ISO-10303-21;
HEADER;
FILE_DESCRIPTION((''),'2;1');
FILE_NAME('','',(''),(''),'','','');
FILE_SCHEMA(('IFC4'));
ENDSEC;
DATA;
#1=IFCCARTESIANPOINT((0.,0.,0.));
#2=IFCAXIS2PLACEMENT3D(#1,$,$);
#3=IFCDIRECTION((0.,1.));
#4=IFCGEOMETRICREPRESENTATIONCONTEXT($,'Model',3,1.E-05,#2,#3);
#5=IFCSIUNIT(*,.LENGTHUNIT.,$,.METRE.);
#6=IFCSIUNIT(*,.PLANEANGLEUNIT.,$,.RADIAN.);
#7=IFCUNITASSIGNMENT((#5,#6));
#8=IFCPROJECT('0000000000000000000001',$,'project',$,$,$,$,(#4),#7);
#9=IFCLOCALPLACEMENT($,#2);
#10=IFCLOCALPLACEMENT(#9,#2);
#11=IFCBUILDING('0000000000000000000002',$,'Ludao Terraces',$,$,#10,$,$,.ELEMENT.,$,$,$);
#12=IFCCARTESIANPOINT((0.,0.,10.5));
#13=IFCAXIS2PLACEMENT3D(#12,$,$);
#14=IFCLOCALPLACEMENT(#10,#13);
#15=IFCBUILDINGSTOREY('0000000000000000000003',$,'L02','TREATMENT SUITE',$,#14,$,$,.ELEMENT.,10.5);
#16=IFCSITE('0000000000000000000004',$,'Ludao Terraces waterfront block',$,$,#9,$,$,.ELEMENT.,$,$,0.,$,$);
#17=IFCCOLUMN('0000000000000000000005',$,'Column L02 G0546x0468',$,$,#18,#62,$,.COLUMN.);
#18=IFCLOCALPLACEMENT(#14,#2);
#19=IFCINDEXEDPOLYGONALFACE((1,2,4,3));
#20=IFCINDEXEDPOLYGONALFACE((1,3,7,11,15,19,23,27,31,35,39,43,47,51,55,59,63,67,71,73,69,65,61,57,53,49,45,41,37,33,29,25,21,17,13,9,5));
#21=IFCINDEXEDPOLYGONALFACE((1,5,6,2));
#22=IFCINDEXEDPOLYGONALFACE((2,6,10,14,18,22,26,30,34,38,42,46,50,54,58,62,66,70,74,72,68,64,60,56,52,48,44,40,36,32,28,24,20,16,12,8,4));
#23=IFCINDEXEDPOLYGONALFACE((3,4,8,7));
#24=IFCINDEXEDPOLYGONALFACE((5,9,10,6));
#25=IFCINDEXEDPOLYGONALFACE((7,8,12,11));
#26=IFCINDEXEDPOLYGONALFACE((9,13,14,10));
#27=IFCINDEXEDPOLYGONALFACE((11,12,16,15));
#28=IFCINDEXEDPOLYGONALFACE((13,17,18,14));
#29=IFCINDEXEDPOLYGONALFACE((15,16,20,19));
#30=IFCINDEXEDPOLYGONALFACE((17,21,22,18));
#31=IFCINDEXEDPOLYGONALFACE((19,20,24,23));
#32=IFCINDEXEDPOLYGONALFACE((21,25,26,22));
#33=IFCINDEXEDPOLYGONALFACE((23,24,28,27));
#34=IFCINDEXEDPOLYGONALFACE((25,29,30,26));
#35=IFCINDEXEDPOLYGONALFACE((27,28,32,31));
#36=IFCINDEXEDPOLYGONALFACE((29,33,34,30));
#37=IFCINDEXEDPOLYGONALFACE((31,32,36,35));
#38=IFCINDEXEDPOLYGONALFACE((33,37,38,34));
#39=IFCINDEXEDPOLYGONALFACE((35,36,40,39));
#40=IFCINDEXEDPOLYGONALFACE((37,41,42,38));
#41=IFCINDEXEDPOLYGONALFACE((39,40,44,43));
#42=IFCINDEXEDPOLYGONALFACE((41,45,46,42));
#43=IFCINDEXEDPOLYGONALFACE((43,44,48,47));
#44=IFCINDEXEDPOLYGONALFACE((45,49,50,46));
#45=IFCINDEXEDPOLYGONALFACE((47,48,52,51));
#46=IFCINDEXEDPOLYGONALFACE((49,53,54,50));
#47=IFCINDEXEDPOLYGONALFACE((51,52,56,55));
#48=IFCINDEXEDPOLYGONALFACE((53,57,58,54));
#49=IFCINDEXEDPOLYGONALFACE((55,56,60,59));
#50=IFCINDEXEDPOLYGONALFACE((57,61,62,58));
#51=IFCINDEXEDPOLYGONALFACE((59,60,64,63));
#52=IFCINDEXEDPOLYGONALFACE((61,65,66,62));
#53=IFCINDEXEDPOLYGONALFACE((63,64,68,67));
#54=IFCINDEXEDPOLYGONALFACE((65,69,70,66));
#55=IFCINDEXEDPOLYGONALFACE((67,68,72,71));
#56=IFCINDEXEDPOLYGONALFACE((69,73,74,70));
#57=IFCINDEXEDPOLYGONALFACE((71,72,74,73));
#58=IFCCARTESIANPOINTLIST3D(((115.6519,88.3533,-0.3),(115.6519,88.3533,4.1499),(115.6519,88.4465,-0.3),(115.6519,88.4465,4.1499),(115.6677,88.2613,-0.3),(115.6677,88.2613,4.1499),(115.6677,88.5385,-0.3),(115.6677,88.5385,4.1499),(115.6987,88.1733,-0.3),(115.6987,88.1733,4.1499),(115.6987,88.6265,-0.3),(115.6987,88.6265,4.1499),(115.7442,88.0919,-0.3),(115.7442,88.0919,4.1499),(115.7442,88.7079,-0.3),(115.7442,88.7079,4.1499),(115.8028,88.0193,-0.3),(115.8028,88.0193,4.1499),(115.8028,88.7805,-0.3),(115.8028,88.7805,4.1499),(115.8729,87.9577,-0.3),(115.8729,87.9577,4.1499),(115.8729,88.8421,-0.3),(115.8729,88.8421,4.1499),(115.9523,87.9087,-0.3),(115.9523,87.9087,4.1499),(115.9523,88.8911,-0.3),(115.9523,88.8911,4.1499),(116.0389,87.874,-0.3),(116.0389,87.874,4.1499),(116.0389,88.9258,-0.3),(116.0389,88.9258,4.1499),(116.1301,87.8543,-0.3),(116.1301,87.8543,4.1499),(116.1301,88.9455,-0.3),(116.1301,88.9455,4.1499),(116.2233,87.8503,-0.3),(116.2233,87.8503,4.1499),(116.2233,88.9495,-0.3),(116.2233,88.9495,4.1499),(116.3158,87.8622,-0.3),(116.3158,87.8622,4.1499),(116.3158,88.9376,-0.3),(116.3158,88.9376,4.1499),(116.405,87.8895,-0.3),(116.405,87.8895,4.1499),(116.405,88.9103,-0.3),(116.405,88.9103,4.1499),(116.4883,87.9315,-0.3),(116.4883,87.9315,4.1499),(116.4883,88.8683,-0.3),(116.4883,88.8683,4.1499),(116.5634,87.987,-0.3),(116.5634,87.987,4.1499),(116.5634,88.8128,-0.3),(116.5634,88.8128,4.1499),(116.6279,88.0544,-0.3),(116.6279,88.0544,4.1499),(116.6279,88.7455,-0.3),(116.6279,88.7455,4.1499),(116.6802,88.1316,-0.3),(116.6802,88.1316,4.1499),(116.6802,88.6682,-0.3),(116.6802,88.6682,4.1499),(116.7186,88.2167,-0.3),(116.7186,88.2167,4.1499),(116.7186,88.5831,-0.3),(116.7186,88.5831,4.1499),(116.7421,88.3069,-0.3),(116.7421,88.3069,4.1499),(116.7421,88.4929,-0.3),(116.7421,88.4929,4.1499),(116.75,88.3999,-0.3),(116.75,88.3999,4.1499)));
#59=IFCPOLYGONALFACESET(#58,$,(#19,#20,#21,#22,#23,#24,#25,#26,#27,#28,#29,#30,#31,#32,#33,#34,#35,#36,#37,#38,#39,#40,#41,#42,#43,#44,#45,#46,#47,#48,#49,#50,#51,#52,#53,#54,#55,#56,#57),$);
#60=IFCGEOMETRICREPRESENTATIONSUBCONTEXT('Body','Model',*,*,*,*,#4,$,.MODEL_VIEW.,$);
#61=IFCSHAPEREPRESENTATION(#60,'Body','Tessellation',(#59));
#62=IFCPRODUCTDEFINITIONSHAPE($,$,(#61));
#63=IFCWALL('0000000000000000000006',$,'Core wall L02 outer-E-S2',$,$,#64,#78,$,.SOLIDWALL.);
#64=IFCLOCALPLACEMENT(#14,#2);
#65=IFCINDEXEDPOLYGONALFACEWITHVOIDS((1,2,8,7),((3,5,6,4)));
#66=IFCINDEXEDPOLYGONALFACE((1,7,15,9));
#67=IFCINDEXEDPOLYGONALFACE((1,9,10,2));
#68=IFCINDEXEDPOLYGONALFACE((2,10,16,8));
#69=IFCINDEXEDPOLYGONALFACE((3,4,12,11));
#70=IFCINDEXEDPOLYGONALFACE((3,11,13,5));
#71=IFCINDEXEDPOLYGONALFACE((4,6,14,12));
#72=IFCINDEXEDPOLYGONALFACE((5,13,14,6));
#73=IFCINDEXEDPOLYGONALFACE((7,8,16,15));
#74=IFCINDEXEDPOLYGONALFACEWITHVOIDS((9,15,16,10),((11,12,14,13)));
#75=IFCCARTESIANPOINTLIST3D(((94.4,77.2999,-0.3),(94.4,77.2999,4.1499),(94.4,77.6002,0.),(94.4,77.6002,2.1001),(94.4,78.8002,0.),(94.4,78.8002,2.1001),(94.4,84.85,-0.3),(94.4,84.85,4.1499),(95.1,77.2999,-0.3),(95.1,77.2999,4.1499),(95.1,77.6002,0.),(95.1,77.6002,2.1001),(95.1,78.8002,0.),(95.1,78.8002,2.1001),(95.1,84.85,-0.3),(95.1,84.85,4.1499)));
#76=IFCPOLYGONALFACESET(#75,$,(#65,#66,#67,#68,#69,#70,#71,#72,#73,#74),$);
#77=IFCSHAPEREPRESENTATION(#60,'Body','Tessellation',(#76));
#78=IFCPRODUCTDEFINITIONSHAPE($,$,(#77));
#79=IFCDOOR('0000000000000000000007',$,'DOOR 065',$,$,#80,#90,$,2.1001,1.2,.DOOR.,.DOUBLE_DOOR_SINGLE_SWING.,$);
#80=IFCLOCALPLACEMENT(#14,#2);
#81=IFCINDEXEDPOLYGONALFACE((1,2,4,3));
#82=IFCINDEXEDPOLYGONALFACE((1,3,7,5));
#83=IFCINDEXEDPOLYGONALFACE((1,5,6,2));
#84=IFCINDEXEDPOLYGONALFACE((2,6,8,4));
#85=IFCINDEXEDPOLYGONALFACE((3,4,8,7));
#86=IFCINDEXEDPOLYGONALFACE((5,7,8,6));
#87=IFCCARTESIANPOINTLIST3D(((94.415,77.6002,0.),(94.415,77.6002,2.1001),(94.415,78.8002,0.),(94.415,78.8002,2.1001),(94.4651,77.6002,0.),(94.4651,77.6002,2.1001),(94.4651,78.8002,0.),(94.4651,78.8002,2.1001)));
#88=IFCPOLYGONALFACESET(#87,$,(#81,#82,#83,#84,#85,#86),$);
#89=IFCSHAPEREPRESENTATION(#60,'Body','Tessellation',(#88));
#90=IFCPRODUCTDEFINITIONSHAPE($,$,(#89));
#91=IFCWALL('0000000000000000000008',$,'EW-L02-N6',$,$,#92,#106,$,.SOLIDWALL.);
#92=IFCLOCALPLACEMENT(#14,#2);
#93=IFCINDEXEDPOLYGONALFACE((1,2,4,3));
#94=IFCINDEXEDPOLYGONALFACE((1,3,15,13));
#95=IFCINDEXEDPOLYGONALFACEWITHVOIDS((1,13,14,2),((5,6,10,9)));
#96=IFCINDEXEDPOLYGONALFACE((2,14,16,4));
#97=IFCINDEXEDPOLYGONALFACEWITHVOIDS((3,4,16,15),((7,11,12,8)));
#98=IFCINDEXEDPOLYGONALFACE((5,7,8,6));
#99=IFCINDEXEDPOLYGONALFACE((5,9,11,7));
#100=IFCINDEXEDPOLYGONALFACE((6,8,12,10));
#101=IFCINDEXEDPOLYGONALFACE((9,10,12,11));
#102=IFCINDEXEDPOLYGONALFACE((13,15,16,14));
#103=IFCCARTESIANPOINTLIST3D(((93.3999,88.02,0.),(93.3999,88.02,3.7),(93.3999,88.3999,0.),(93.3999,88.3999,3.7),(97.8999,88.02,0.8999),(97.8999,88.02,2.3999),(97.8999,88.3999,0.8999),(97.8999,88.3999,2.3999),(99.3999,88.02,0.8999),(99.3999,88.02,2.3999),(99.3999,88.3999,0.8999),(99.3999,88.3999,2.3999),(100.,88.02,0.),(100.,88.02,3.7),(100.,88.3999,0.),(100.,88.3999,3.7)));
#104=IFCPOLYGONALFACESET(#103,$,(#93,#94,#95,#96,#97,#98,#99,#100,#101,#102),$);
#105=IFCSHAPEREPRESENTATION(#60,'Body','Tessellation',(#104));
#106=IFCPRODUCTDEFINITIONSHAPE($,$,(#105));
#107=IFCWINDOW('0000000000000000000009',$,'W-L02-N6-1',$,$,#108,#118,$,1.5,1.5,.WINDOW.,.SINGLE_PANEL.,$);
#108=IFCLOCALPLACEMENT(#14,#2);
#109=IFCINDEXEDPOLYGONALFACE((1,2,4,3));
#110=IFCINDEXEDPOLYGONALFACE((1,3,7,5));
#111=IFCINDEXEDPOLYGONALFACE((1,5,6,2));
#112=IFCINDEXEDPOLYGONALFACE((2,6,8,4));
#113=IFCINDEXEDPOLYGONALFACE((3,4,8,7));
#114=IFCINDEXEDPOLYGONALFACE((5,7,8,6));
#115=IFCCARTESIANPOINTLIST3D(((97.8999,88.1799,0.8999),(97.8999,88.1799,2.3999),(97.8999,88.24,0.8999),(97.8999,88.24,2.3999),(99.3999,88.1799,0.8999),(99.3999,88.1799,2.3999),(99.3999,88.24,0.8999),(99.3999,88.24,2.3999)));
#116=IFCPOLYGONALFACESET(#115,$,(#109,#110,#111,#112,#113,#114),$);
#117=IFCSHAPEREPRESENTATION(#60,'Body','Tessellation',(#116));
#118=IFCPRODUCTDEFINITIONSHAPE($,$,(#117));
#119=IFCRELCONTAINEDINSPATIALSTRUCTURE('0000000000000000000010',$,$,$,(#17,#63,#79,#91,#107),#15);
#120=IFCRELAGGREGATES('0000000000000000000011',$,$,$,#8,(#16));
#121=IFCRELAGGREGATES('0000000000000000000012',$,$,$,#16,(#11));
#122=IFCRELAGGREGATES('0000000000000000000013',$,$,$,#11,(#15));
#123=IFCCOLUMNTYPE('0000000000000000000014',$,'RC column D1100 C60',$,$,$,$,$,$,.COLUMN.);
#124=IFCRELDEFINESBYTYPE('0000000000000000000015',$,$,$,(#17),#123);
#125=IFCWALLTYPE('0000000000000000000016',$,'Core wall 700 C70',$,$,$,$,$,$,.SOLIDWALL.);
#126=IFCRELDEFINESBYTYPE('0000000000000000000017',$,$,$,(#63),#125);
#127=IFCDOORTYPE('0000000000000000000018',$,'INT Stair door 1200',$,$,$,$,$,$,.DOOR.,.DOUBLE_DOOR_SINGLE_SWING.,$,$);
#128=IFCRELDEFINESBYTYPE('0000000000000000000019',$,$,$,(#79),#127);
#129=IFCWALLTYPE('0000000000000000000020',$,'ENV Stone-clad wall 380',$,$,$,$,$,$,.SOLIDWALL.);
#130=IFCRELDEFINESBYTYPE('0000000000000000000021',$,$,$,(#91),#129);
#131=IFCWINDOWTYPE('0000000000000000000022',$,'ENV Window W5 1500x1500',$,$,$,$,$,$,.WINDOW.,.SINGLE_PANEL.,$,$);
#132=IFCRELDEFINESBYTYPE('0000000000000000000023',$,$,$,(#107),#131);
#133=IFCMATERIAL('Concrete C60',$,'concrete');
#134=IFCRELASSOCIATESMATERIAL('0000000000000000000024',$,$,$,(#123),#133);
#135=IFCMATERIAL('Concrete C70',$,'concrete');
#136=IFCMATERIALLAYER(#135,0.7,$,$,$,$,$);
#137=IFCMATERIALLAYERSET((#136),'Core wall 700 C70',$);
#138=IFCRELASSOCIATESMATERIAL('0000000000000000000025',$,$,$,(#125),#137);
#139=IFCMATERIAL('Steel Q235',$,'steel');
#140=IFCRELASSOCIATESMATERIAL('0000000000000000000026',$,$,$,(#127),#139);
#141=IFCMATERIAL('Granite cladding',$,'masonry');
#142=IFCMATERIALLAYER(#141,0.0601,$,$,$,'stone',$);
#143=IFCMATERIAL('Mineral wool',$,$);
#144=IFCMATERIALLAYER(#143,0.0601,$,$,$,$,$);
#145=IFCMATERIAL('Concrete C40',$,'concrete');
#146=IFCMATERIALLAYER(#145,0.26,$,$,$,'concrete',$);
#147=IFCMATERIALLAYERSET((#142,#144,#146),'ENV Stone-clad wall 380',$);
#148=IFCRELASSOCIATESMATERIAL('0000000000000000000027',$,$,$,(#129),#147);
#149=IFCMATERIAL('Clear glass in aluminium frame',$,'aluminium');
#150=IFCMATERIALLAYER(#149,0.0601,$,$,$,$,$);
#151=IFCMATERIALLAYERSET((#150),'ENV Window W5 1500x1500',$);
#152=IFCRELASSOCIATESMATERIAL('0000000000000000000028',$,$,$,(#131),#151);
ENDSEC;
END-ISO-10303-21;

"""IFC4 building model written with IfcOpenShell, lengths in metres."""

from ifc_helpers import new_model, si_unit, direction, frame, frame_2d, origin, origin_2d, place, context, subcontext, project, spatial, rectangle, circle, extrude, material, layer, layer_set, material_profile, profile_set, type_object, element, fill, save


model = new_model("IFC4")

# Units and contexts
model_context = context("Model", 3, precision=1e-05, world=origin(), true_north=direction((0.0, 1.0)))
body_context = subcontext(model_context, "Body", "Model", "MODEL_VIEW")
ifc_project = project(units=[si_unit("LENGTHUNIT", "METRE"), si_unit("PLANEANGLEUNIT", "RADIAN")], contexts=[model_context])

# Site, building, storey
site_placement = place(None, origin())
site = spatial("IfcSite", under=ifc_project, at=site_placement, Name="Ludao Terraces waterfront block", CompositionType="ELEMENT", RefElevation=0.0)
building_placement = place(site_placement, origin())
building = spatial("IfcBuilding", under=site, at=building_placement, Name="Ludao Terraces", CompositionType="ELEMENT")
storey_placement = place(building_placement, frame((0.0, 0.0, 10.5)))
storey = spatial("IfcBuildingStorey", under=building, at=storey_placement, Name="L02", Description="TREATMENT SUITE", CompositionType="ELEMENT", Elevation=10.5)

# Column
ifc_material_1 = material(Name="Concrete C60", Category="concrete")
ifc_material_profile_1 = material_profile(ifc_material_1, circle(Radius=0.55, at=origin_2d()), Name="D1100")
ifc_profile_set_1 = profile_set([ifc_material_profile_1], Name="Concrete C60")
column_type_1 = type_object("IfcColumnType", Name="RC column D1100 C60", PredefinedType="COLUMN", material=ifc_profile_set_1)
for number, where, z_axis, x_axis, name in (
    (1, (116.2, 88.3999, -0.3), (0.0, 0.0, 1.0), (1.0, 0.0, 0.0), "Column L02 G0546x0468"),
):
    element("IfcColumn", number, at=place(storey_placement, frame(where, z_axis=z_axis, x_axis=x_axis)), inside=storey, type_object=column_type_1, Name=name, PredefinedType="COLUMN", context=body_context, shape_type="SweptSolid", body=[
        extrude(circle(Radius=0.55, at=origin_2d()), origin(), (0.0, 0.0, 1.0), 4.45),
    ])

# Wall, opening, door
ifc_material_2 = material(Name="Concrete C70", Category="concrete")
ifc_layer_1 = layer(ifc_material_2, 0.7)
ifc_layer_set_1 = layer_set([ifc_layer_1], Name="Core wall 700 C70")
wall_type_1 = type_object("IfcWallType", Name="Core wall 700 C70", PredefinedType="SOLIDWALL", material=ifc_layer_set_1)
wall_1_placement = place(storey_placement, frame((94.75, 77.3, -0.3), z_axis=(0.0, 0.0, 1.0), x_axis=(0.0, 1.0, 0.0)))
wall_1 = element("IfcWall", 2, at=wall_1_placement, inside=storey, type_object=wall_type_1, Name="Core wall L02 outer-E-S2", PredefinedType="SOLIDWALL", context=body_context, shape_type="SweptSolid", body=[
    extrude(rectangle(XDim=7.55, YDim=0.7, at=frame_2d((3.7749, 0.0))), origin(), (0.0, 0.0, 1.0), 4.45),
])
opening_1_placement = place(wall_1_placement, frame((0.3, 0.0, 0.3)))
opening_1 = element("IfcOpeningElement", 3, at=opening_1_placement, cuts=wall_1, PredefinedType="OPENING", context=body_context, shape_type="SweptSolid", body=[
    extrude(rectangle(XDim=1.2, YDim=2.1001, at=frame_2d((0.6001, 1.05))), frame((0.0, 0.3599, 0.0), z_axis=(0.0, -1.0, 0.0), x_axis=(1.0, 0.0, 0.0)), (0.0, 0.0, 1.0), 0.72),
])
ifc_material_3 = material(Name="Steel Q235", Category="steel")
door_type_1 = type_object("IfcDoorType", Name="INT Stair door 1200", OperationType="DOUBLE_DOOR_SINGLE_SWING", PredefinedType="DOOR", material=ifc_material_3)
door_1_placement = place(opening_1_placement, origin())
door_1 = element("IfcDoor", 4, at=door_1_placement, inside=storey, type_object=door_type_1, Name="DOOR 065", OperationType="DOUBLE_DOOR_SINGLE_SWING", OverallHeight=2.1001, OverallWidth=1.2, PredefinedType="DOOR", context=body_context, shape_type="SweptSolid", body=[
    extrude(rectangle(XDim=1.2, YDim=2.1001, at=frame_2d((0.6001, 1.05))), frame((0.0, 0.335, 0.0), z_axis=(0.0, -1.0, 0.0), x_axis=(1.0, 0.0, 0.0)), (0.0, 0.0, 1.0), 0.05),
])
fill(opening_1, door_1)

# Wall, opening, window
ifc_material_4 = material(Name="Granite cladding", Category="masonry")
ifc_layer_2 = layer(ifc_material_4, 0.0601, Category="stone")
ifc_material_5 = material(Name="Mineral wool")
ifc_layer_3 = layer(ifc_material_5, 0.0601)
ifc_material_6 = material(Name="Concrete C40", Category="concrete")
ifc_layer_4 = layer(ifc_material_6, 0.26, Category="concrete")
ifc_layer_set_2 = layer_set([ifc_layer_2, ifc_layer_3, ifc_layer_4], Name="ENV Stone-clad wall 380")
wall_type_2 = type_object("IfcWallType", Name="ENV Stone-clad wall 380", PredefinedType="SOLIDWALL", material=ifc_layer_set_2)
wall_2_placement = place(storey_placement, frame((93.3999, 88.21, 0.0), z_axis=(0.0, 0.0, 1.0), x_axis=(1.0, 0.0, 0.0)))
wall_2 = element("IfcWall", 5, at=wall_2_placement, inside=storey, type_object=wall_type_2, Name="EW-L02-N6", PredefinedType="SOLIDWALL", context=body_context, shape_type="SweptSolid", body=[
    extrude(rectangle(XDim=6.6001, YDim=0.3799, at=frame_2d((3.3, 0.0))), origin(), (0.0, 0.0, 1.0), 3.7),
])
opening_2_placement = place(wall_2_placement, frame((4.5, 0.0, 0.8999)))
opening_2 = element("IfcOpeningElement", 6, at=opening_2_placement, cuts=wall_2, PredefinedType="OPENING", context=body_context, shape_type="SweptSolid", body=[
    extrude(rectangle(XDim=1.5, YDim=1.5, at=frame_2d((0.75, 0.75))), frame((0.0, 0.2, 0.0), z_axis=(0.0, -1.0, 0.0), x_axis=(1.0, 0.0, 0.0)), (0.0, 0.0, 1.0), 0.3999),
])
ifc_material_7 = material(Name="Clear glass in aluminium frame", Category="aluminium")
ifc_layer_5 = layer(ifc_material_7, 0.0601)
ifc_layer_set_3 = layer_set([ifc_layer_5], Name="ENV Window W5 1500x1500")
window_type = type_object("IfcWindowType", Name="ENV Window W5 1500x1500", PartitioningType="SINGLE_PANEL", PredefinedType="WINDOW", material=ifc_layer_set_3)
window_1_placement = place(opening_2_placement, origin())
window_1 = element("IfcWindow", 7, at=window_1_placement, inside=storey, type_object=window_type, Name="W-L02-N6-1", OverallHeight=1.5, OverallWidth=1.5, PartitioningType="SINGLE_PANEL", PredefinedType="WINDOW", context=body_context, shape_type="SweptSolid", body=[
    extrude(rectangle(XDim=1.5, YDim=1.5, at=frame_2d((0.75, 0.75))), frame((0.0, 0.03, 0.0), z_axis=(0.0, -1.0, 0.0), x_axis=(1.0, 0.0, 0.0)), (0.0, 0.0, 1.0), 0.0601),
])
fill(opening_2, window_1)

save(model, "model.ifc")
